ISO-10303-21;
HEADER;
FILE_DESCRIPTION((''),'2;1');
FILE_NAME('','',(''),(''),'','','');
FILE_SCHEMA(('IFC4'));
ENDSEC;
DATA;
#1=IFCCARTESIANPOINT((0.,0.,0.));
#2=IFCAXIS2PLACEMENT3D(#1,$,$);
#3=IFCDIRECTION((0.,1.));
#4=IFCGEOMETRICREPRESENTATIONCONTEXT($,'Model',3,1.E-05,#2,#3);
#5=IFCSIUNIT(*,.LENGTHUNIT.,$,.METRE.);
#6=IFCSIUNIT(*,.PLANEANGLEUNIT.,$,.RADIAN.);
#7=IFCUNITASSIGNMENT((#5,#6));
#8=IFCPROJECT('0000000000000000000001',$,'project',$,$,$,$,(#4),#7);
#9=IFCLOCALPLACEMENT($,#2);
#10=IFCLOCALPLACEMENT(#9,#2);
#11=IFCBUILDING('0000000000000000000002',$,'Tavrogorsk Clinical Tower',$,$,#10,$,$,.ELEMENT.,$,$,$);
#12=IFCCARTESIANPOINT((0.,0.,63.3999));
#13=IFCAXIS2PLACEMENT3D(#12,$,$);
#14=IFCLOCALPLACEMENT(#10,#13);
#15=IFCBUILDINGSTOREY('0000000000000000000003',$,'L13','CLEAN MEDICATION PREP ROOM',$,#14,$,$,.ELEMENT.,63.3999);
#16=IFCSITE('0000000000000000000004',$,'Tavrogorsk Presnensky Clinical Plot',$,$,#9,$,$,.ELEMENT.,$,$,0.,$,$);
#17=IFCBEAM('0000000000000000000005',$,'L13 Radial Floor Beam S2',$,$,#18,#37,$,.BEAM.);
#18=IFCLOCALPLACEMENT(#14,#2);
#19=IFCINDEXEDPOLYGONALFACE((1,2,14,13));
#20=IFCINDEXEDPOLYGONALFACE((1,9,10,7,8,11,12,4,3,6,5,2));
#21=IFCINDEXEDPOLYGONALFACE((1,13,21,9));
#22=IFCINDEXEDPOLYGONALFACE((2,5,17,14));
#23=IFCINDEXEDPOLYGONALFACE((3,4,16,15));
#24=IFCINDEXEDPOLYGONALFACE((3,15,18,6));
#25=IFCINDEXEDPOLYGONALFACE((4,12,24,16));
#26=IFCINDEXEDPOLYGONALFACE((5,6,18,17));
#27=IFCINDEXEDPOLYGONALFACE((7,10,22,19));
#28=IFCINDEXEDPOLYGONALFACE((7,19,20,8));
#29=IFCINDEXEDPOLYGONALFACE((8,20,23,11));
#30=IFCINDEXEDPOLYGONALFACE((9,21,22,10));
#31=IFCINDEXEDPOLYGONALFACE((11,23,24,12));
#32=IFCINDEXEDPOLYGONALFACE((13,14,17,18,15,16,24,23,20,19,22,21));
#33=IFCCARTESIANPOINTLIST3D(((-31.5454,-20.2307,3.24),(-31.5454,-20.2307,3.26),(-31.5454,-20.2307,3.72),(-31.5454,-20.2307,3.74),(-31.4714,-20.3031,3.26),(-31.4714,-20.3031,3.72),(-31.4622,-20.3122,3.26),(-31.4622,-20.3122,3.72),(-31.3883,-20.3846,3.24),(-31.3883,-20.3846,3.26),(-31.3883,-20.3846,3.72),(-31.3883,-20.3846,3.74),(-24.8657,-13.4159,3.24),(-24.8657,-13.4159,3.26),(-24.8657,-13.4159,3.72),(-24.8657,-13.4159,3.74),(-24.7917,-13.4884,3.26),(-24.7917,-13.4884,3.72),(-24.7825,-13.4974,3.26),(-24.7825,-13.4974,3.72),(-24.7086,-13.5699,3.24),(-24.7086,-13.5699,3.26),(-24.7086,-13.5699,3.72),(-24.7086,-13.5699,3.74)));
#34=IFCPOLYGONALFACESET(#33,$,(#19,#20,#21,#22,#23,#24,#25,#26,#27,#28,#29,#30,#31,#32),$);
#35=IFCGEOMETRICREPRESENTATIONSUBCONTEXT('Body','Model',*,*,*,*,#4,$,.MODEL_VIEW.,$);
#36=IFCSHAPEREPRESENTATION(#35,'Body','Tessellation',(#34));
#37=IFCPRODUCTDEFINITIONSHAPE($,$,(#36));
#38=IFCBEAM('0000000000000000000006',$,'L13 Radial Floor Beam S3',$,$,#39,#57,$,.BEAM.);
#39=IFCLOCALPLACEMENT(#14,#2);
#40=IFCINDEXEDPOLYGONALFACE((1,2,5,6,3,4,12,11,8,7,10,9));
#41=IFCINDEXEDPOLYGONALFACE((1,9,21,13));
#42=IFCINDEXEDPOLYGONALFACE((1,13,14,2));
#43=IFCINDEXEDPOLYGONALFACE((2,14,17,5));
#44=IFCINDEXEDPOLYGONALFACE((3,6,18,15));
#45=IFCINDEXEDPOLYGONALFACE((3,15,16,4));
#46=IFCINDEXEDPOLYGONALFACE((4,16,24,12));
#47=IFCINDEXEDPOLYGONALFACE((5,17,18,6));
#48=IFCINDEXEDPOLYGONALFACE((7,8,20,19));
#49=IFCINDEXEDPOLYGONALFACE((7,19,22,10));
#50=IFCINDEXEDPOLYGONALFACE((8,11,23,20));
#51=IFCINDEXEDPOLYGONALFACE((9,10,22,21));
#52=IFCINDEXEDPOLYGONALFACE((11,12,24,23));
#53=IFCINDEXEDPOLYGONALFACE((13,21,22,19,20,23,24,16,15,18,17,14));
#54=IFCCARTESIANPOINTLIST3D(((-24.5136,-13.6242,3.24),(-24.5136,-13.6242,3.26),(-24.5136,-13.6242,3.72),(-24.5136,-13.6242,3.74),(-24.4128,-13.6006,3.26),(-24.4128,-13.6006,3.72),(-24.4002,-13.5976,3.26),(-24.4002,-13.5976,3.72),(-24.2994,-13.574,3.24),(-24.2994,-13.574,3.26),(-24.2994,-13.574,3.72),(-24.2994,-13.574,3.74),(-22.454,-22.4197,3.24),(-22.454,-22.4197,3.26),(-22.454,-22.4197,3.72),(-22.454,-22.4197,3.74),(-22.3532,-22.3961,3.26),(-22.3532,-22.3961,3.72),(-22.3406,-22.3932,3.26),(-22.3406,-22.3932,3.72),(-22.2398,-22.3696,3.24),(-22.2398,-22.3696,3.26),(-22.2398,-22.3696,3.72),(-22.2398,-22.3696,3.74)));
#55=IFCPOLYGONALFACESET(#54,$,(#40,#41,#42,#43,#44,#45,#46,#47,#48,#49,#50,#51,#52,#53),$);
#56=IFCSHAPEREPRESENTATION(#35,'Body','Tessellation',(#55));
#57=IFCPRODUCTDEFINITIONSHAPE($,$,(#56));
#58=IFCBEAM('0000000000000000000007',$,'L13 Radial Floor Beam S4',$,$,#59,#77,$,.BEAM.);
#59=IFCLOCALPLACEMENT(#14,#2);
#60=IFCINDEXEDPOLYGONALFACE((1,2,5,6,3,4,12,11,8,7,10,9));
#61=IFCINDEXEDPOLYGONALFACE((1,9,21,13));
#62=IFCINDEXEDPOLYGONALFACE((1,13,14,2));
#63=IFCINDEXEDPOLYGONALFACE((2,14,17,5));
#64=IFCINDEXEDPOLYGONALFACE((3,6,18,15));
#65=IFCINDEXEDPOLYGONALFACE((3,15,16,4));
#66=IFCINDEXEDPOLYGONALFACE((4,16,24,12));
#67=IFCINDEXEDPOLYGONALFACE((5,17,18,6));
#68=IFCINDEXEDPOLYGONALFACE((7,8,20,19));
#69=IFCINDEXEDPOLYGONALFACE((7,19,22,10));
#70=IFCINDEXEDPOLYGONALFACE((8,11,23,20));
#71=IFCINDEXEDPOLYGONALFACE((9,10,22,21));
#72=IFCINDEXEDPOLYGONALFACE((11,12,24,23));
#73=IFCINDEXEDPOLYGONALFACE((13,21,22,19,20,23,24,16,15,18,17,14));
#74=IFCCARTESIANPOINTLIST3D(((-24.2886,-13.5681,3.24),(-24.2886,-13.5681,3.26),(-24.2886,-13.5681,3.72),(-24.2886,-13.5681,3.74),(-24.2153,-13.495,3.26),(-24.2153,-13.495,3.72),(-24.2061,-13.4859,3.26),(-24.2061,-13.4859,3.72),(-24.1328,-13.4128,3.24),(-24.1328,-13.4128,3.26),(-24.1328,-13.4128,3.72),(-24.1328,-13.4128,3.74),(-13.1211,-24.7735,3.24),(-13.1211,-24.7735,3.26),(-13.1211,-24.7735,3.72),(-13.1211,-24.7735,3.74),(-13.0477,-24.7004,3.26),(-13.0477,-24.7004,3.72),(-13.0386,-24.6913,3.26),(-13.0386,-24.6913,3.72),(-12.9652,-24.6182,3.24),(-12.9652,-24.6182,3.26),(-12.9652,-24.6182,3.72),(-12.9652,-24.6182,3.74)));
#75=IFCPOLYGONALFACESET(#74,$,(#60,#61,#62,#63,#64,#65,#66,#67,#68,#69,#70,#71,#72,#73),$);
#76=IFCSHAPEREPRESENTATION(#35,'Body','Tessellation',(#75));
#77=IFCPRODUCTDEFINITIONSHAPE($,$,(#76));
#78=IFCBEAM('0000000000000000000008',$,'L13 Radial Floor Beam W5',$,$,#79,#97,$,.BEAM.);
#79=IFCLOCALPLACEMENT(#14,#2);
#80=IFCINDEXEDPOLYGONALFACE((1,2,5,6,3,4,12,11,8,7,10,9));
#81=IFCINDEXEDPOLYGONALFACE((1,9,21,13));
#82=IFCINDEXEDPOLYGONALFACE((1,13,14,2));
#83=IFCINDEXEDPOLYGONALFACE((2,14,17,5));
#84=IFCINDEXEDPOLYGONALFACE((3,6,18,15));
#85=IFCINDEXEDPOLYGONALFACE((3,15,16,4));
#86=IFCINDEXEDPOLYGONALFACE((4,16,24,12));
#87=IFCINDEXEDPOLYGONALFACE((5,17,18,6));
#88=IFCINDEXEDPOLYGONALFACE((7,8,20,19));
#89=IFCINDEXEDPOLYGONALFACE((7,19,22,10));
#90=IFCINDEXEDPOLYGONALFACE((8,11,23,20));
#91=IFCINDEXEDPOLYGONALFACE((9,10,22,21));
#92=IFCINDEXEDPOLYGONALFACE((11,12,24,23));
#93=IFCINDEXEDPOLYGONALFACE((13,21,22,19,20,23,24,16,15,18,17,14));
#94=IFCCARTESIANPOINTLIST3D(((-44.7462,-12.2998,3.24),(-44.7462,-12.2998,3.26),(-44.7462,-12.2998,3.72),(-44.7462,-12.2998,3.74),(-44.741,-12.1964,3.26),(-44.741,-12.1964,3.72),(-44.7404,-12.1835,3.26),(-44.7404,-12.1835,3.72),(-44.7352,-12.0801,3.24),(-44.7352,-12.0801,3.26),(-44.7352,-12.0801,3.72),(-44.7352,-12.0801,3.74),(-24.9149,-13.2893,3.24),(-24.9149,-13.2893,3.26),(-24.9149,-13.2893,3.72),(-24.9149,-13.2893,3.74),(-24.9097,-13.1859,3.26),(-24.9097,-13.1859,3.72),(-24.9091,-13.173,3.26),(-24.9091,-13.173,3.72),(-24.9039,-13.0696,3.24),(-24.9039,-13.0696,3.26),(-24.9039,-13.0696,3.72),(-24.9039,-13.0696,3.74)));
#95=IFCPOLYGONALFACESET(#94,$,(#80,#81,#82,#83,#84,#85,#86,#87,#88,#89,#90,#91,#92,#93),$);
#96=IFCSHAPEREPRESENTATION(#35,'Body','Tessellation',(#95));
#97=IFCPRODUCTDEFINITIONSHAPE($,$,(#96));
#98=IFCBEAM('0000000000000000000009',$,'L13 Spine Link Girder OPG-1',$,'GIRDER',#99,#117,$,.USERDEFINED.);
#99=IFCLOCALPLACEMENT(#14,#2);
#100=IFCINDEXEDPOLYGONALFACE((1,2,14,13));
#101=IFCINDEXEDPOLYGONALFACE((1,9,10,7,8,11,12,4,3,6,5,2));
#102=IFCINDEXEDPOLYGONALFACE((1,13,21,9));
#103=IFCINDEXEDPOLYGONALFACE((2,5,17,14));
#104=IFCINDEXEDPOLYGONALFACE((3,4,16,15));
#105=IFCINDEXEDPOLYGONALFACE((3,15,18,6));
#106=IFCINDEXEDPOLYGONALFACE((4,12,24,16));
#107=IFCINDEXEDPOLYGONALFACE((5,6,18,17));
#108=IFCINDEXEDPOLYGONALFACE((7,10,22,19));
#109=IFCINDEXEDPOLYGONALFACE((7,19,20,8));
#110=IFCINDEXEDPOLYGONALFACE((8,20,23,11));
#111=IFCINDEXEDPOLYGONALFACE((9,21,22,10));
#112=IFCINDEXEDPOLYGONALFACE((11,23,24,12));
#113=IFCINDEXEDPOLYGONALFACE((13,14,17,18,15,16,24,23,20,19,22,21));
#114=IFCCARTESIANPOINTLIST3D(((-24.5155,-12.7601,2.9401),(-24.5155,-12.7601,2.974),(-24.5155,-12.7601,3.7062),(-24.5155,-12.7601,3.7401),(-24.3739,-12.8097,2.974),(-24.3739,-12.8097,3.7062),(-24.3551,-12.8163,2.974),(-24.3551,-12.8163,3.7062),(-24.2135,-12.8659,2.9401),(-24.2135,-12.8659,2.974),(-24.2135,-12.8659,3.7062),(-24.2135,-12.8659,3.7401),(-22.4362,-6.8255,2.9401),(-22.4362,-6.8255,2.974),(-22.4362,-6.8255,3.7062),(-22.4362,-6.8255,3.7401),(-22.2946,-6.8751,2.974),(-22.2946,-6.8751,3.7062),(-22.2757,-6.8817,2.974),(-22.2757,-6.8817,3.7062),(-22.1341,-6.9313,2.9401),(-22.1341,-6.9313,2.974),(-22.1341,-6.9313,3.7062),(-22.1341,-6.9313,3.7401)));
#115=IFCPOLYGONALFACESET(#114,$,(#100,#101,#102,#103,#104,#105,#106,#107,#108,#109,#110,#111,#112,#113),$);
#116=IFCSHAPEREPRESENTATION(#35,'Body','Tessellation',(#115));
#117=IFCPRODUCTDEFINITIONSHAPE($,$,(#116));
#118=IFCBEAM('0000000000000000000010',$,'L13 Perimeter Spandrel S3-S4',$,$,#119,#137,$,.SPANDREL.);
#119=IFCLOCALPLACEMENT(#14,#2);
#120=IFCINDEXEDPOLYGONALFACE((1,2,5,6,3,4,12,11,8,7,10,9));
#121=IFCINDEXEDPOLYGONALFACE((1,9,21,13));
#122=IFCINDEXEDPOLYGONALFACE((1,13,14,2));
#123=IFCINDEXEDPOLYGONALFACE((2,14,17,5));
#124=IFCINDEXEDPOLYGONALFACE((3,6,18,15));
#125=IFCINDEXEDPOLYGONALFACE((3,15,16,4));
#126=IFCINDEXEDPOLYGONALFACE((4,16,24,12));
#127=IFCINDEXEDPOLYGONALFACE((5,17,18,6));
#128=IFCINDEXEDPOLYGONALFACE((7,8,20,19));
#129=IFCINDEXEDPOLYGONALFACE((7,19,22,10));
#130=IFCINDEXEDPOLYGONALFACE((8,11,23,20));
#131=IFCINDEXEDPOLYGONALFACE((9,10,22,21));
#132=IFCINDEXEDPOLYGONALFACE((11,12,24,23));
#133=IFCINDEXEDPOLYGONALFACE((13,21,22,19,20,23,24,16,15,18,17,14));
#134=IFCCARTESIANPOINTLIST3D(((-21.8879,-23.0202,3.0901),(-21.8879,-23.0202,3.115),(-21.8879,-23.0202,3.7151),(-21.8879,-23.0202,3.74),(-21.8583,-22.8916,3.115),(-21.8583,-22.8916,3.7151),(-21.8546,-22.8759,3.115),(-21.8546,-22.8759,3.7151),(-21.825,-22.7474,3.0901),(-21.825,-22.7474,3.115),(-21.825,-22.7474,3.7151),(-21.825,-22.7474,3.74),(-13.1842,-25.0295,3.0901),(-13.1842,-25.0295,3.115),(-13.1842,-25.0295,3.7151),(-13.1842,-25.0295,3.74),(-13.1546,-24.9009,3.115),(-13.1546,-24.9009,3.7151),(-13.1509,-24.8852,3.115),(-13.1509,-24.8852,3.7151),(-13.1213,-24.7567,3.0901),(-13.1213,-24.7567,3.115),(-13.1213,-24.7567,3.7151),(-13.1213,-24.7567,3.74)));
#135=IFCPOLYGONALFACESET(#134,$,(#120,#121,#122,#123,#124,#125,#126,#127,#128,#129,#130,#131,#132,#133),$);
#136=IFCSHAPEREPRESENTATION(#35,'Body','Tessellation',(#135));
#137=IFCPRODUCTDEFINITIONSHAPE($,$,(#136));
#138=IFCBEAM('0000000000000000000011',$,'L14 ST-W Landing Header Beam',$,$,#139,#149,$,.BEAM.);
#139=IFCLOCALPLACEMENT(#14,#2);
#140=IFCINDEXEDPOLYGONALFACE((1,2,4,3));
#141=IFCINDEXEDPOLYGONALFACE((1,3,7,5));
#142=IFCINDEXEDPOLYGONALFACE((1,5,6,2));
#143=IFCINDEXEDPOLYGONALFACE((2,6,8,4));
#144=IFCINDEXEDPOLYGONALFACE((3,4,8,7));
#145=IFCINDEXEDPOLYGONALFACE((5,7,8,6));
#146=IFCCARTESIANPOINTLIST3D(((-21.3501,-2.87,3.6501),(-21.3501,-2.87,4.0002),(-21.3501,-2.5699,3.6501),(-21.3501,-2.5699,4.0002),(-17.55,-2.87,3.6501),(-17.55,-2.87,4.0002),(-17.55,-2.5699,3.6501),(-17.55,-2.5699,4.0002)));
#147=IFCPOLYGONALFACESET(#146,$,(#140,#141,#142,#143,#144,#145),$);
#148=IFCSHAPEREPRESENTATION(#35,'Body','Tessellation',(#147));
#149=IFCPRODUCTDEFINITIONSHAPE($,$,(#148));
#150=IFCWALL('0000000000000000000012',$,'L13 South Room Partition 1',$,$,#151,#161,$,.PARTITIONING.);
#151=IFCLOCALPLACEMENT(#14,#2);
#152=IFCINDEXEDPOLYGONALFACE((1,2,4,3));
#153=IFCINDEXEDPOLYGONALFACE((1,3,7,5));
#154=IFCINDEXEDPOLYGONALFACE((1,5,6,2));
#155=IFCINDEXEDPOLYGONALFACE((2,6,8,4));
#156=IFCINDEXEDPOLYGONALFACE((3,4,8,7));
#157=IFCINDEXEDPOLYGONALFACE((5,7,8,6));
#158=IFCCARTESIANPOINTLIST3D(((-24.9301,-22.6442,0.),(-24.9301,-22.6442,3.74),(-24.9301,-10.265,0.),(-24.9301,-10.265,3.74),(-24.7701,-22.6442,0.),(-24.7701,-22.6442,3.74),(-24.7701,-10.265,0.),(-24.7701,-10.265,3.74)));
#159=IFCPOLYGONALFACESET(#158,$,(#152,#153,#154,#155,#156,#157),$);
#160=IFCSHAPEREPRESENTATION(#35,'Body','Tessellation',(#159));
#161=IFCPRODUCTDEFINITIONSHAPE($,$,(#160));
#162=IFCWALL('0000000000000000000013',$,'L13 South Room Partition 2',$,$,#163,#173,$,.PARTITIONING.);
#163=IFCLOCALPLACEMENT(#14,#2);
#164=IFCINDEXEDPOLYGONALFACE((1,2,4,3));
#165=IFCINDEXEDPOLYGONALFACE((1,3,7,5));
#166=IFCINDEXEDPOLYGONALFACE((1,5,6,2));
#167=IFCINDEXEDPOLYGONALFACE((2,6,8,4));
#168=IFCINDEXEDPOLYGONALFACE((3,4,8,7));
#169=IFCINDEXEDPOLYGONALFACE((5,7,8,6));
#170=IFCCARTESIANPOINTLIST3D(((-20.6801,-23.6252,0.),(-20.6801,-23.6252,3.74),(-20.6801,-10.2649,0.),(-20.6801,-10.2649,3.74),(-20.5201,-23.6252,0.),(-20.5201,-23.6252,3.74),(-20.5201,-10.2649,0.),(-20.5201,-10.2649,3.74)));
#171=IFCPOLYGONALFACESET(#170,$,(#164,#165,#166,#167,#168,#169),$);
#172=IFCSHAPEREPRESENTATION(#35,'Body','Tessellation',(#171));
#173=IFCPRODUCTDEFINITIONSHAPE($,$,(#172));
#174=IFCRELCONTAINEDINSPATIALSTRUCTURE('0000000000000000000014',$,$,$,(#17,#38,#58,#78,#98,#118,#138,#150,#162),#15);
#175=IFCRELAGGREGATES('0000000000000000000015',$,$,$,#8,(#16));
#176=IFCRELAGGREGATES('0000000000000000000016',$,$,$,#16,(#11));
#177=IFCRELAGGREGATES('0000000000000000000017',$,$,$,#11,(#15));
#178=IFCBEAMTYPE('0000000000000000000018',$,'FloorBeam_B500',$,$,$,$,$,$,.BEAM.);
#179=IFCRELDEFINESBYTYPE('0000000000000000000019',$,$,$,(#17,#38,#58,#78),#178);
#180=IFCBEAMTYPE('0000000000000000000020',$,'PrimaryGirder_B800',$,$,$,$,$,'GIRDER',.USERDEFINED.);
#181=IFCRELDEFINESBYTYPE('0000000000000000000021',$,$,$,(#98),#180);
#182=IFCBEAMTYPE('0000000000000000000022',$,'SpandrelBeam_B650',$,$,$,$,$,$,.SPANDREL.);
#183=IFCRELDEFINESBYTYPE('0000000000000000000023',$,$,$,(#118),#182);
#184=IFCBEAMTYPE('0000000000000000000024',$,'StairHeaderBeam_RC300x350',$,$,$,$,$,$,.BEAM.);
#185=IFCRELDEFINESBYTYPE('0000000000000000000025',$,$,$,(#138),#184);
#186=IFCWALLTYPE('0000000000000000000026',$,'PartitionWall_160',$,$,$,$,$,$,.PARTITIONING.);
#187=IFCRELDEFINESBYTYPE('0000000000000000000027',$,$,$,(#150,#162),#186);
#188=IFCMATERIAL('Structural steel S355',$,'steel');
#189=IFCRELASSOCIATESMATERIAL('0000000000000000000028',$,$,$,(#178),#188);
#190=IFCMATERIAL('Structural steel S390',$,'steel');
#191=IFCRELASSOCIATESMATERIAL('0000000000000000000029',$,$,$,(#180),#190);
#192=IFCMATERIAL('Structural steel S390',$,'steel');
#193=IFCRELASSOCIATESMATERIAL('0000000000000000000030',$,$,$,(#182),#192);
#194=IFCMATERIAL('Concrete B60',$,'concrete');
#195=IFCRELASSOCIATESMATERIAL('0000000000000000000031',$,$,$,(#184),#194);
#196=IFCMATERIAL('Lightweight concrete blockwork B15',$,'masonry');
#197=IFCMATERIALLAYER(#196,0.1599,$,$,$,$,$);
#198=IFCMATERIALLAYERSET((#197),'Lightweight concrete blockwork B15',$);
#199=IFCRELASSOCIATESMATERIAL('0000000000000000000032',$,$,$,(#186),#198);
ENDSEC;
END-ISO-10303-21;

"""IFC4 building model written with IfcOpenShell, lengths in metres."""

from ifc_helpers import new_model, si_unit, direction, frame, frame_2d, origin, origin_2d, place, context, subcontext, project, spatial, rectangle, i_section, extrude, material, layer, layer_set, material_profile, profile_set, type_object, element, save


model = new_model("IFC4")

# Units and contexts
model_context = context("Model", 3, precision=1e-05, world=origin(), true_north=direction((0.0, 1.0)))
body_context = subcontext(model_context, "Body", "Model", "MODEL_VIEW")
ifc_project = project(units=[si_unit("LENGTHUNIT", "METRE"), si_unit("PLANEANGLEUNIT", "RADIAN")], contexts=[model_context])

# Site, building, storey
site_placement = place(None, origin())
site = spatial("IfcSite", under=ifc_project, at=site_placement, Name="Tavrogorsk Presnensky Clinical Plot", CompositionType="ELEMENT", RefElevation=0.0)
building_placement = place(site_placement, origin())
building = spatial("IfcBuilding", under=site, at=building_placement, Name="Tavrogorsk Clinical Tower", CompositionType="ELEMENT")
storey_placement = place(building_placement, frame((0.0, 0.0, 63.3999)))
storey = spatial("IfcBuildingStorey", under=building, at=storey_placement, Name="L13", Description="CLEAN MEDICATION PREP ROOM", CompositionType="ELEMENT", Elevation=63.3999)

# Beams
ifc_material_1 = material(Name="Structural steel S355", Category="steel")
ifc_material_profile_1 = material_profile(ifc_material_1, i_section(OverallWidth=0.22, OverallDepth=0.5, WebThickness=0.0129, FlangeThickness=0.02, at=origin_2d()), Name="B-500x220x13x20")
ifc_profile_set_1 = profile_set([ifc_material_profile_1], Name="Structural steel S355")
beam_type_1 = type_object("IfcBeamType", Name="FloorBeam_B500", PredefinedType="BEAM", material=ifc_profile_set_1)
beam_1_placement = place(storey_placement, frame((-24.7871, -13.4929, 3.49), z_axis=(-0.699997, -0.714146, 0.0), x_axis=(0.714146, -0.699997, 0.0)))
element("IfcBeam", 1, at=beam_1_placement, inside=storey, type_object=beam_type_1, Name="L13 Radial Floor Beam S2", PredefinedType="BEAM", context=body_context, shape_type="SweptSolid", body=[
    extrude(i_section(OverallWidth=0.22, OverallDepth=0.5, WebThickness=0.0129, FlangeThickness=0.02, at=origin_2d()), origin(), (0.0, 0.0, 1.0), 9.5425),
])
beam_2_placement = place(storey_placement, frame((-24.4065, -13.5991, 3.49), z_axis=(0.227997, -0.973662, 0.0), x_axis=(0.973662, 0.227997, 0.0)))
element("IfcBeam", 2, at=beam_2_placement, inside=storey, type_object=beam_type_1, Name="L13 Radial Floor Beam S3", PredefinedType="BEAM", context=body_context, shape_type="SweptSolid", body=[
    extrude(i_section(OverallWidth=0.22, OverallDepth=0.5, WebThickness=0.0129, FlangeThickness=0.02, at=origin_2d()), origin(), (0.0, 0.0, 1.0), 9.0334),
])
beam_3_placement = place(storey_placement, frame((-24.2107, -13.4905, 3.49), z_axis=(0.70591, -0.708302, 0.0), x_axis=(0.708302, 0.70591, 0.0)))
element("IfcBeam", 3, at=beam_3_placement, inside=storey, type_object=beam_type_1, Name="L13 Radial Floor Beam S4", PredefinedType="BEAM", context=body_context, shape_type="SweptSolid", body=[
    extrude(i_section(OverallWidth=0.22, OverallDepth=0.5, WebThickness=0.0129, FlangeThickness=0.02, at=origin_2d()), origin(), (0.0, 0.0, 1.0), 15.8201),
])
beam_4_placement = place(storey_placement, frame((-24.9094, -13.1794, 3.49), z_axis=(-0.998758, 0.049834, 0.0), x_axis=(-0.049834, -0.998758, 0.0)))
element("IfcBeam", 4, at=beam_4_placement, inside=storey, type_object=beam_type_1, Name="L13 Radial Floor Beam W5", PredefinedType="BEAM", context=body_context, shape_type="SweptSolid", body=[
    extrude(i_section(OverallWidth=0.22, OverallDepth=0.5, WebThickness=0.0129, FlangeThickness=0.02, at=origin_2d()), origin(), (0.0, 0.0, 1.0), 19.856),
])
ifc_material_2 = material(Name="Structural steel S390", Category="steel")
ifc_material_profile_2 = material_profile(ifc_material_2, i_section(OverallWidth=0.3201, OverallDepth=0.8, WebThickness=0.02, FlangeThickness=0.0339, at=origin_2d()), Name="B-800x320x20x34")
ifc_profile_set_2 = profile_set([ifc_material_profile_2], Name="Structural steel S390")
beam_type_2 = type_object("IfcBeamType", Name="PrimaryGirder_B800", ElementType="GIRDER", PredefinedType="USERDEFINED", material=ifc_profile_set_2)
beam_5_placement = place(storey_placement, frame((-24.3645, -12.813, 3.3401), z_axis=(0.330669, 0.943747, 0.0), x_axis=(-0.943747, 0.330669, 0.0)))
element("IfcBeam", 5, at=beam_5_placement, inside=storey, type_object=beam_type_2, Name="L13 Spine Link Girder OPG-1", ObjectType="GIRDER", PredefinedType="USERDEFINED", context=body_context, shape_type="SweptSolid", body=[
    extrude(i_section(OverallWidth=0.3201, OverallDepth=0.8, WebThickness=0.02, FlangeThickness=0.0339, at=origin_2d()), origin(), (0.0, 0.0, 1.0), 6.2883),
])
ifc_material_3 = material(Name="Structural steel S390", Category="steel")
ifc_material_profile_3 = material_profile(ifc_material_3, i_section(OverallWidth=0.28, OverallDepth=0.6499, WebThickness=0.0161, FlangeThickness=0.0249, at=origin_2d()), Name="B-650x280x16x25")
ifc_profile_set_3 = profile_set([ifc_material_profile_3], Name="Structural steel S390")
beam_type_3 = type_object("IfcBeamType", Name="SpandrelBeam_B650", PredefinedType="SPANDREL", material=ifc_profile_set_3)
beam_6_placement = place(storey_placement, frame((-21.8564, -22.8838, 3.415), z_axis=(0.974373, -0.224939, 0.0), x_axis=(0.224939, 0.974373, 0.0)))
element("IfcBeam", 6, at=beam_6_placement, inside=storey, type_object=beam_type_3, Name="L13 Perimeter Spandrel S3-S4", PredefinedType="SPANDREL", context=body_context, shape_type="SweptSolid", body=[
    extrude(i_section(OverallWidth=0.28, OverallDepth=0.6499, WebThickness=0.0161, FlangeThickness=0.0249, at=origin_2d()), origin(), (0.0, 0.0, 1.0), 8.9326),
])
ifc_material_4 = material(Name="Concrete B60", Category="concrete")
ifc_material_profile_4 = material_profile(ifc_material_4, rectangle(XDim=0.3, YDim=0.3501, at=origin_2d()), Name="RC-SHB-300x350")
ifc_profile_set_4 = profile_set([ifc_material_profile_4], Name="Concrete B60")
beam_type_4 = type_object("IfcBeamType", Name="StairHeaderBeam_RC300x350", PredefinedType="BEAM", material=ifc_profile_set_4)
beam_7_placement = place(storey_placement, frame((-21.3501, -2.72, 3.8252), z_axis=(1.0, 0.0, 0.0), x_axis=(0.0, 1.0, 0.0)))
element("IfcBeam", 7, at=beam_7_placement, inside=storey, type_object=beam_type_4, Name="L14 ST-W Landing Header Beam", PredefinedType="BEAM", context=body_context, shape_type="SweptSolid", body=[
    extrude(rectangle(XDim=0.3, YDim=0.3501, at=origin_2d()), origin(), (0.0, 0.0, 1.0), 3.8),
])

# Walls
ifc_material_5 = material(Name="Lightweight concrete blockwork B15", Category="masonry")
ifc_layer_1 = layer(ifc_material_5, 0.1599)
ifc_layer_set_1 = layer_set([ifc_layer_1], Name="Lightweight concrete blockwork B15")
wall_type_1 = type_object("IfcWallType", Name="PartitionWall_160", PredefinedType="PARTITIONING", material=ifc_layer_set_1)
wall_1_placement = place(storey_placement, frame((-24.8501, -22.644, 0.0), z_axis=(0.0, 0.0, 1.0), x_axis=(0.0, 1.0, 0.0)))
element("IfcWall", 8, at=wall_1_placement, inside=storey, type_object=wall_type_1, Name="L13 South Room Partition 1", PredefinedType="PARTITIONING", context=body_context, shape_type="SweptSolid", body=[
    extrude(rectangle(XDim=12.3792, YDim=0.1599, at=frame_2d((6.1895, 0.0))), origin(), (0.0, 0.0, 1.0), 3.74),
])
wall_2_placement = place(storey_placement, frame((-20.6001, -23.6252, 0.0), z_axis=(0.0, 0.0, 1.0), x_axis=(0.0, 1.0, 0.0)))
element("IfcWall", 9, at=wall_2_placement, inside=storey, type_object=wall_type_1, Name="L13 South Room Partition 2", PredefinedType="PARTITIONING", context=body_context, shape_type="SweptSolid", body=[
    extrude(rectangle(XDim=13.3604, YDim=0.1599, at=frame_2d((6.6802, 0.0))), origin(), (0.0, 0.0, 1.0), 3.74),
])

save(model, "model.ifc")
